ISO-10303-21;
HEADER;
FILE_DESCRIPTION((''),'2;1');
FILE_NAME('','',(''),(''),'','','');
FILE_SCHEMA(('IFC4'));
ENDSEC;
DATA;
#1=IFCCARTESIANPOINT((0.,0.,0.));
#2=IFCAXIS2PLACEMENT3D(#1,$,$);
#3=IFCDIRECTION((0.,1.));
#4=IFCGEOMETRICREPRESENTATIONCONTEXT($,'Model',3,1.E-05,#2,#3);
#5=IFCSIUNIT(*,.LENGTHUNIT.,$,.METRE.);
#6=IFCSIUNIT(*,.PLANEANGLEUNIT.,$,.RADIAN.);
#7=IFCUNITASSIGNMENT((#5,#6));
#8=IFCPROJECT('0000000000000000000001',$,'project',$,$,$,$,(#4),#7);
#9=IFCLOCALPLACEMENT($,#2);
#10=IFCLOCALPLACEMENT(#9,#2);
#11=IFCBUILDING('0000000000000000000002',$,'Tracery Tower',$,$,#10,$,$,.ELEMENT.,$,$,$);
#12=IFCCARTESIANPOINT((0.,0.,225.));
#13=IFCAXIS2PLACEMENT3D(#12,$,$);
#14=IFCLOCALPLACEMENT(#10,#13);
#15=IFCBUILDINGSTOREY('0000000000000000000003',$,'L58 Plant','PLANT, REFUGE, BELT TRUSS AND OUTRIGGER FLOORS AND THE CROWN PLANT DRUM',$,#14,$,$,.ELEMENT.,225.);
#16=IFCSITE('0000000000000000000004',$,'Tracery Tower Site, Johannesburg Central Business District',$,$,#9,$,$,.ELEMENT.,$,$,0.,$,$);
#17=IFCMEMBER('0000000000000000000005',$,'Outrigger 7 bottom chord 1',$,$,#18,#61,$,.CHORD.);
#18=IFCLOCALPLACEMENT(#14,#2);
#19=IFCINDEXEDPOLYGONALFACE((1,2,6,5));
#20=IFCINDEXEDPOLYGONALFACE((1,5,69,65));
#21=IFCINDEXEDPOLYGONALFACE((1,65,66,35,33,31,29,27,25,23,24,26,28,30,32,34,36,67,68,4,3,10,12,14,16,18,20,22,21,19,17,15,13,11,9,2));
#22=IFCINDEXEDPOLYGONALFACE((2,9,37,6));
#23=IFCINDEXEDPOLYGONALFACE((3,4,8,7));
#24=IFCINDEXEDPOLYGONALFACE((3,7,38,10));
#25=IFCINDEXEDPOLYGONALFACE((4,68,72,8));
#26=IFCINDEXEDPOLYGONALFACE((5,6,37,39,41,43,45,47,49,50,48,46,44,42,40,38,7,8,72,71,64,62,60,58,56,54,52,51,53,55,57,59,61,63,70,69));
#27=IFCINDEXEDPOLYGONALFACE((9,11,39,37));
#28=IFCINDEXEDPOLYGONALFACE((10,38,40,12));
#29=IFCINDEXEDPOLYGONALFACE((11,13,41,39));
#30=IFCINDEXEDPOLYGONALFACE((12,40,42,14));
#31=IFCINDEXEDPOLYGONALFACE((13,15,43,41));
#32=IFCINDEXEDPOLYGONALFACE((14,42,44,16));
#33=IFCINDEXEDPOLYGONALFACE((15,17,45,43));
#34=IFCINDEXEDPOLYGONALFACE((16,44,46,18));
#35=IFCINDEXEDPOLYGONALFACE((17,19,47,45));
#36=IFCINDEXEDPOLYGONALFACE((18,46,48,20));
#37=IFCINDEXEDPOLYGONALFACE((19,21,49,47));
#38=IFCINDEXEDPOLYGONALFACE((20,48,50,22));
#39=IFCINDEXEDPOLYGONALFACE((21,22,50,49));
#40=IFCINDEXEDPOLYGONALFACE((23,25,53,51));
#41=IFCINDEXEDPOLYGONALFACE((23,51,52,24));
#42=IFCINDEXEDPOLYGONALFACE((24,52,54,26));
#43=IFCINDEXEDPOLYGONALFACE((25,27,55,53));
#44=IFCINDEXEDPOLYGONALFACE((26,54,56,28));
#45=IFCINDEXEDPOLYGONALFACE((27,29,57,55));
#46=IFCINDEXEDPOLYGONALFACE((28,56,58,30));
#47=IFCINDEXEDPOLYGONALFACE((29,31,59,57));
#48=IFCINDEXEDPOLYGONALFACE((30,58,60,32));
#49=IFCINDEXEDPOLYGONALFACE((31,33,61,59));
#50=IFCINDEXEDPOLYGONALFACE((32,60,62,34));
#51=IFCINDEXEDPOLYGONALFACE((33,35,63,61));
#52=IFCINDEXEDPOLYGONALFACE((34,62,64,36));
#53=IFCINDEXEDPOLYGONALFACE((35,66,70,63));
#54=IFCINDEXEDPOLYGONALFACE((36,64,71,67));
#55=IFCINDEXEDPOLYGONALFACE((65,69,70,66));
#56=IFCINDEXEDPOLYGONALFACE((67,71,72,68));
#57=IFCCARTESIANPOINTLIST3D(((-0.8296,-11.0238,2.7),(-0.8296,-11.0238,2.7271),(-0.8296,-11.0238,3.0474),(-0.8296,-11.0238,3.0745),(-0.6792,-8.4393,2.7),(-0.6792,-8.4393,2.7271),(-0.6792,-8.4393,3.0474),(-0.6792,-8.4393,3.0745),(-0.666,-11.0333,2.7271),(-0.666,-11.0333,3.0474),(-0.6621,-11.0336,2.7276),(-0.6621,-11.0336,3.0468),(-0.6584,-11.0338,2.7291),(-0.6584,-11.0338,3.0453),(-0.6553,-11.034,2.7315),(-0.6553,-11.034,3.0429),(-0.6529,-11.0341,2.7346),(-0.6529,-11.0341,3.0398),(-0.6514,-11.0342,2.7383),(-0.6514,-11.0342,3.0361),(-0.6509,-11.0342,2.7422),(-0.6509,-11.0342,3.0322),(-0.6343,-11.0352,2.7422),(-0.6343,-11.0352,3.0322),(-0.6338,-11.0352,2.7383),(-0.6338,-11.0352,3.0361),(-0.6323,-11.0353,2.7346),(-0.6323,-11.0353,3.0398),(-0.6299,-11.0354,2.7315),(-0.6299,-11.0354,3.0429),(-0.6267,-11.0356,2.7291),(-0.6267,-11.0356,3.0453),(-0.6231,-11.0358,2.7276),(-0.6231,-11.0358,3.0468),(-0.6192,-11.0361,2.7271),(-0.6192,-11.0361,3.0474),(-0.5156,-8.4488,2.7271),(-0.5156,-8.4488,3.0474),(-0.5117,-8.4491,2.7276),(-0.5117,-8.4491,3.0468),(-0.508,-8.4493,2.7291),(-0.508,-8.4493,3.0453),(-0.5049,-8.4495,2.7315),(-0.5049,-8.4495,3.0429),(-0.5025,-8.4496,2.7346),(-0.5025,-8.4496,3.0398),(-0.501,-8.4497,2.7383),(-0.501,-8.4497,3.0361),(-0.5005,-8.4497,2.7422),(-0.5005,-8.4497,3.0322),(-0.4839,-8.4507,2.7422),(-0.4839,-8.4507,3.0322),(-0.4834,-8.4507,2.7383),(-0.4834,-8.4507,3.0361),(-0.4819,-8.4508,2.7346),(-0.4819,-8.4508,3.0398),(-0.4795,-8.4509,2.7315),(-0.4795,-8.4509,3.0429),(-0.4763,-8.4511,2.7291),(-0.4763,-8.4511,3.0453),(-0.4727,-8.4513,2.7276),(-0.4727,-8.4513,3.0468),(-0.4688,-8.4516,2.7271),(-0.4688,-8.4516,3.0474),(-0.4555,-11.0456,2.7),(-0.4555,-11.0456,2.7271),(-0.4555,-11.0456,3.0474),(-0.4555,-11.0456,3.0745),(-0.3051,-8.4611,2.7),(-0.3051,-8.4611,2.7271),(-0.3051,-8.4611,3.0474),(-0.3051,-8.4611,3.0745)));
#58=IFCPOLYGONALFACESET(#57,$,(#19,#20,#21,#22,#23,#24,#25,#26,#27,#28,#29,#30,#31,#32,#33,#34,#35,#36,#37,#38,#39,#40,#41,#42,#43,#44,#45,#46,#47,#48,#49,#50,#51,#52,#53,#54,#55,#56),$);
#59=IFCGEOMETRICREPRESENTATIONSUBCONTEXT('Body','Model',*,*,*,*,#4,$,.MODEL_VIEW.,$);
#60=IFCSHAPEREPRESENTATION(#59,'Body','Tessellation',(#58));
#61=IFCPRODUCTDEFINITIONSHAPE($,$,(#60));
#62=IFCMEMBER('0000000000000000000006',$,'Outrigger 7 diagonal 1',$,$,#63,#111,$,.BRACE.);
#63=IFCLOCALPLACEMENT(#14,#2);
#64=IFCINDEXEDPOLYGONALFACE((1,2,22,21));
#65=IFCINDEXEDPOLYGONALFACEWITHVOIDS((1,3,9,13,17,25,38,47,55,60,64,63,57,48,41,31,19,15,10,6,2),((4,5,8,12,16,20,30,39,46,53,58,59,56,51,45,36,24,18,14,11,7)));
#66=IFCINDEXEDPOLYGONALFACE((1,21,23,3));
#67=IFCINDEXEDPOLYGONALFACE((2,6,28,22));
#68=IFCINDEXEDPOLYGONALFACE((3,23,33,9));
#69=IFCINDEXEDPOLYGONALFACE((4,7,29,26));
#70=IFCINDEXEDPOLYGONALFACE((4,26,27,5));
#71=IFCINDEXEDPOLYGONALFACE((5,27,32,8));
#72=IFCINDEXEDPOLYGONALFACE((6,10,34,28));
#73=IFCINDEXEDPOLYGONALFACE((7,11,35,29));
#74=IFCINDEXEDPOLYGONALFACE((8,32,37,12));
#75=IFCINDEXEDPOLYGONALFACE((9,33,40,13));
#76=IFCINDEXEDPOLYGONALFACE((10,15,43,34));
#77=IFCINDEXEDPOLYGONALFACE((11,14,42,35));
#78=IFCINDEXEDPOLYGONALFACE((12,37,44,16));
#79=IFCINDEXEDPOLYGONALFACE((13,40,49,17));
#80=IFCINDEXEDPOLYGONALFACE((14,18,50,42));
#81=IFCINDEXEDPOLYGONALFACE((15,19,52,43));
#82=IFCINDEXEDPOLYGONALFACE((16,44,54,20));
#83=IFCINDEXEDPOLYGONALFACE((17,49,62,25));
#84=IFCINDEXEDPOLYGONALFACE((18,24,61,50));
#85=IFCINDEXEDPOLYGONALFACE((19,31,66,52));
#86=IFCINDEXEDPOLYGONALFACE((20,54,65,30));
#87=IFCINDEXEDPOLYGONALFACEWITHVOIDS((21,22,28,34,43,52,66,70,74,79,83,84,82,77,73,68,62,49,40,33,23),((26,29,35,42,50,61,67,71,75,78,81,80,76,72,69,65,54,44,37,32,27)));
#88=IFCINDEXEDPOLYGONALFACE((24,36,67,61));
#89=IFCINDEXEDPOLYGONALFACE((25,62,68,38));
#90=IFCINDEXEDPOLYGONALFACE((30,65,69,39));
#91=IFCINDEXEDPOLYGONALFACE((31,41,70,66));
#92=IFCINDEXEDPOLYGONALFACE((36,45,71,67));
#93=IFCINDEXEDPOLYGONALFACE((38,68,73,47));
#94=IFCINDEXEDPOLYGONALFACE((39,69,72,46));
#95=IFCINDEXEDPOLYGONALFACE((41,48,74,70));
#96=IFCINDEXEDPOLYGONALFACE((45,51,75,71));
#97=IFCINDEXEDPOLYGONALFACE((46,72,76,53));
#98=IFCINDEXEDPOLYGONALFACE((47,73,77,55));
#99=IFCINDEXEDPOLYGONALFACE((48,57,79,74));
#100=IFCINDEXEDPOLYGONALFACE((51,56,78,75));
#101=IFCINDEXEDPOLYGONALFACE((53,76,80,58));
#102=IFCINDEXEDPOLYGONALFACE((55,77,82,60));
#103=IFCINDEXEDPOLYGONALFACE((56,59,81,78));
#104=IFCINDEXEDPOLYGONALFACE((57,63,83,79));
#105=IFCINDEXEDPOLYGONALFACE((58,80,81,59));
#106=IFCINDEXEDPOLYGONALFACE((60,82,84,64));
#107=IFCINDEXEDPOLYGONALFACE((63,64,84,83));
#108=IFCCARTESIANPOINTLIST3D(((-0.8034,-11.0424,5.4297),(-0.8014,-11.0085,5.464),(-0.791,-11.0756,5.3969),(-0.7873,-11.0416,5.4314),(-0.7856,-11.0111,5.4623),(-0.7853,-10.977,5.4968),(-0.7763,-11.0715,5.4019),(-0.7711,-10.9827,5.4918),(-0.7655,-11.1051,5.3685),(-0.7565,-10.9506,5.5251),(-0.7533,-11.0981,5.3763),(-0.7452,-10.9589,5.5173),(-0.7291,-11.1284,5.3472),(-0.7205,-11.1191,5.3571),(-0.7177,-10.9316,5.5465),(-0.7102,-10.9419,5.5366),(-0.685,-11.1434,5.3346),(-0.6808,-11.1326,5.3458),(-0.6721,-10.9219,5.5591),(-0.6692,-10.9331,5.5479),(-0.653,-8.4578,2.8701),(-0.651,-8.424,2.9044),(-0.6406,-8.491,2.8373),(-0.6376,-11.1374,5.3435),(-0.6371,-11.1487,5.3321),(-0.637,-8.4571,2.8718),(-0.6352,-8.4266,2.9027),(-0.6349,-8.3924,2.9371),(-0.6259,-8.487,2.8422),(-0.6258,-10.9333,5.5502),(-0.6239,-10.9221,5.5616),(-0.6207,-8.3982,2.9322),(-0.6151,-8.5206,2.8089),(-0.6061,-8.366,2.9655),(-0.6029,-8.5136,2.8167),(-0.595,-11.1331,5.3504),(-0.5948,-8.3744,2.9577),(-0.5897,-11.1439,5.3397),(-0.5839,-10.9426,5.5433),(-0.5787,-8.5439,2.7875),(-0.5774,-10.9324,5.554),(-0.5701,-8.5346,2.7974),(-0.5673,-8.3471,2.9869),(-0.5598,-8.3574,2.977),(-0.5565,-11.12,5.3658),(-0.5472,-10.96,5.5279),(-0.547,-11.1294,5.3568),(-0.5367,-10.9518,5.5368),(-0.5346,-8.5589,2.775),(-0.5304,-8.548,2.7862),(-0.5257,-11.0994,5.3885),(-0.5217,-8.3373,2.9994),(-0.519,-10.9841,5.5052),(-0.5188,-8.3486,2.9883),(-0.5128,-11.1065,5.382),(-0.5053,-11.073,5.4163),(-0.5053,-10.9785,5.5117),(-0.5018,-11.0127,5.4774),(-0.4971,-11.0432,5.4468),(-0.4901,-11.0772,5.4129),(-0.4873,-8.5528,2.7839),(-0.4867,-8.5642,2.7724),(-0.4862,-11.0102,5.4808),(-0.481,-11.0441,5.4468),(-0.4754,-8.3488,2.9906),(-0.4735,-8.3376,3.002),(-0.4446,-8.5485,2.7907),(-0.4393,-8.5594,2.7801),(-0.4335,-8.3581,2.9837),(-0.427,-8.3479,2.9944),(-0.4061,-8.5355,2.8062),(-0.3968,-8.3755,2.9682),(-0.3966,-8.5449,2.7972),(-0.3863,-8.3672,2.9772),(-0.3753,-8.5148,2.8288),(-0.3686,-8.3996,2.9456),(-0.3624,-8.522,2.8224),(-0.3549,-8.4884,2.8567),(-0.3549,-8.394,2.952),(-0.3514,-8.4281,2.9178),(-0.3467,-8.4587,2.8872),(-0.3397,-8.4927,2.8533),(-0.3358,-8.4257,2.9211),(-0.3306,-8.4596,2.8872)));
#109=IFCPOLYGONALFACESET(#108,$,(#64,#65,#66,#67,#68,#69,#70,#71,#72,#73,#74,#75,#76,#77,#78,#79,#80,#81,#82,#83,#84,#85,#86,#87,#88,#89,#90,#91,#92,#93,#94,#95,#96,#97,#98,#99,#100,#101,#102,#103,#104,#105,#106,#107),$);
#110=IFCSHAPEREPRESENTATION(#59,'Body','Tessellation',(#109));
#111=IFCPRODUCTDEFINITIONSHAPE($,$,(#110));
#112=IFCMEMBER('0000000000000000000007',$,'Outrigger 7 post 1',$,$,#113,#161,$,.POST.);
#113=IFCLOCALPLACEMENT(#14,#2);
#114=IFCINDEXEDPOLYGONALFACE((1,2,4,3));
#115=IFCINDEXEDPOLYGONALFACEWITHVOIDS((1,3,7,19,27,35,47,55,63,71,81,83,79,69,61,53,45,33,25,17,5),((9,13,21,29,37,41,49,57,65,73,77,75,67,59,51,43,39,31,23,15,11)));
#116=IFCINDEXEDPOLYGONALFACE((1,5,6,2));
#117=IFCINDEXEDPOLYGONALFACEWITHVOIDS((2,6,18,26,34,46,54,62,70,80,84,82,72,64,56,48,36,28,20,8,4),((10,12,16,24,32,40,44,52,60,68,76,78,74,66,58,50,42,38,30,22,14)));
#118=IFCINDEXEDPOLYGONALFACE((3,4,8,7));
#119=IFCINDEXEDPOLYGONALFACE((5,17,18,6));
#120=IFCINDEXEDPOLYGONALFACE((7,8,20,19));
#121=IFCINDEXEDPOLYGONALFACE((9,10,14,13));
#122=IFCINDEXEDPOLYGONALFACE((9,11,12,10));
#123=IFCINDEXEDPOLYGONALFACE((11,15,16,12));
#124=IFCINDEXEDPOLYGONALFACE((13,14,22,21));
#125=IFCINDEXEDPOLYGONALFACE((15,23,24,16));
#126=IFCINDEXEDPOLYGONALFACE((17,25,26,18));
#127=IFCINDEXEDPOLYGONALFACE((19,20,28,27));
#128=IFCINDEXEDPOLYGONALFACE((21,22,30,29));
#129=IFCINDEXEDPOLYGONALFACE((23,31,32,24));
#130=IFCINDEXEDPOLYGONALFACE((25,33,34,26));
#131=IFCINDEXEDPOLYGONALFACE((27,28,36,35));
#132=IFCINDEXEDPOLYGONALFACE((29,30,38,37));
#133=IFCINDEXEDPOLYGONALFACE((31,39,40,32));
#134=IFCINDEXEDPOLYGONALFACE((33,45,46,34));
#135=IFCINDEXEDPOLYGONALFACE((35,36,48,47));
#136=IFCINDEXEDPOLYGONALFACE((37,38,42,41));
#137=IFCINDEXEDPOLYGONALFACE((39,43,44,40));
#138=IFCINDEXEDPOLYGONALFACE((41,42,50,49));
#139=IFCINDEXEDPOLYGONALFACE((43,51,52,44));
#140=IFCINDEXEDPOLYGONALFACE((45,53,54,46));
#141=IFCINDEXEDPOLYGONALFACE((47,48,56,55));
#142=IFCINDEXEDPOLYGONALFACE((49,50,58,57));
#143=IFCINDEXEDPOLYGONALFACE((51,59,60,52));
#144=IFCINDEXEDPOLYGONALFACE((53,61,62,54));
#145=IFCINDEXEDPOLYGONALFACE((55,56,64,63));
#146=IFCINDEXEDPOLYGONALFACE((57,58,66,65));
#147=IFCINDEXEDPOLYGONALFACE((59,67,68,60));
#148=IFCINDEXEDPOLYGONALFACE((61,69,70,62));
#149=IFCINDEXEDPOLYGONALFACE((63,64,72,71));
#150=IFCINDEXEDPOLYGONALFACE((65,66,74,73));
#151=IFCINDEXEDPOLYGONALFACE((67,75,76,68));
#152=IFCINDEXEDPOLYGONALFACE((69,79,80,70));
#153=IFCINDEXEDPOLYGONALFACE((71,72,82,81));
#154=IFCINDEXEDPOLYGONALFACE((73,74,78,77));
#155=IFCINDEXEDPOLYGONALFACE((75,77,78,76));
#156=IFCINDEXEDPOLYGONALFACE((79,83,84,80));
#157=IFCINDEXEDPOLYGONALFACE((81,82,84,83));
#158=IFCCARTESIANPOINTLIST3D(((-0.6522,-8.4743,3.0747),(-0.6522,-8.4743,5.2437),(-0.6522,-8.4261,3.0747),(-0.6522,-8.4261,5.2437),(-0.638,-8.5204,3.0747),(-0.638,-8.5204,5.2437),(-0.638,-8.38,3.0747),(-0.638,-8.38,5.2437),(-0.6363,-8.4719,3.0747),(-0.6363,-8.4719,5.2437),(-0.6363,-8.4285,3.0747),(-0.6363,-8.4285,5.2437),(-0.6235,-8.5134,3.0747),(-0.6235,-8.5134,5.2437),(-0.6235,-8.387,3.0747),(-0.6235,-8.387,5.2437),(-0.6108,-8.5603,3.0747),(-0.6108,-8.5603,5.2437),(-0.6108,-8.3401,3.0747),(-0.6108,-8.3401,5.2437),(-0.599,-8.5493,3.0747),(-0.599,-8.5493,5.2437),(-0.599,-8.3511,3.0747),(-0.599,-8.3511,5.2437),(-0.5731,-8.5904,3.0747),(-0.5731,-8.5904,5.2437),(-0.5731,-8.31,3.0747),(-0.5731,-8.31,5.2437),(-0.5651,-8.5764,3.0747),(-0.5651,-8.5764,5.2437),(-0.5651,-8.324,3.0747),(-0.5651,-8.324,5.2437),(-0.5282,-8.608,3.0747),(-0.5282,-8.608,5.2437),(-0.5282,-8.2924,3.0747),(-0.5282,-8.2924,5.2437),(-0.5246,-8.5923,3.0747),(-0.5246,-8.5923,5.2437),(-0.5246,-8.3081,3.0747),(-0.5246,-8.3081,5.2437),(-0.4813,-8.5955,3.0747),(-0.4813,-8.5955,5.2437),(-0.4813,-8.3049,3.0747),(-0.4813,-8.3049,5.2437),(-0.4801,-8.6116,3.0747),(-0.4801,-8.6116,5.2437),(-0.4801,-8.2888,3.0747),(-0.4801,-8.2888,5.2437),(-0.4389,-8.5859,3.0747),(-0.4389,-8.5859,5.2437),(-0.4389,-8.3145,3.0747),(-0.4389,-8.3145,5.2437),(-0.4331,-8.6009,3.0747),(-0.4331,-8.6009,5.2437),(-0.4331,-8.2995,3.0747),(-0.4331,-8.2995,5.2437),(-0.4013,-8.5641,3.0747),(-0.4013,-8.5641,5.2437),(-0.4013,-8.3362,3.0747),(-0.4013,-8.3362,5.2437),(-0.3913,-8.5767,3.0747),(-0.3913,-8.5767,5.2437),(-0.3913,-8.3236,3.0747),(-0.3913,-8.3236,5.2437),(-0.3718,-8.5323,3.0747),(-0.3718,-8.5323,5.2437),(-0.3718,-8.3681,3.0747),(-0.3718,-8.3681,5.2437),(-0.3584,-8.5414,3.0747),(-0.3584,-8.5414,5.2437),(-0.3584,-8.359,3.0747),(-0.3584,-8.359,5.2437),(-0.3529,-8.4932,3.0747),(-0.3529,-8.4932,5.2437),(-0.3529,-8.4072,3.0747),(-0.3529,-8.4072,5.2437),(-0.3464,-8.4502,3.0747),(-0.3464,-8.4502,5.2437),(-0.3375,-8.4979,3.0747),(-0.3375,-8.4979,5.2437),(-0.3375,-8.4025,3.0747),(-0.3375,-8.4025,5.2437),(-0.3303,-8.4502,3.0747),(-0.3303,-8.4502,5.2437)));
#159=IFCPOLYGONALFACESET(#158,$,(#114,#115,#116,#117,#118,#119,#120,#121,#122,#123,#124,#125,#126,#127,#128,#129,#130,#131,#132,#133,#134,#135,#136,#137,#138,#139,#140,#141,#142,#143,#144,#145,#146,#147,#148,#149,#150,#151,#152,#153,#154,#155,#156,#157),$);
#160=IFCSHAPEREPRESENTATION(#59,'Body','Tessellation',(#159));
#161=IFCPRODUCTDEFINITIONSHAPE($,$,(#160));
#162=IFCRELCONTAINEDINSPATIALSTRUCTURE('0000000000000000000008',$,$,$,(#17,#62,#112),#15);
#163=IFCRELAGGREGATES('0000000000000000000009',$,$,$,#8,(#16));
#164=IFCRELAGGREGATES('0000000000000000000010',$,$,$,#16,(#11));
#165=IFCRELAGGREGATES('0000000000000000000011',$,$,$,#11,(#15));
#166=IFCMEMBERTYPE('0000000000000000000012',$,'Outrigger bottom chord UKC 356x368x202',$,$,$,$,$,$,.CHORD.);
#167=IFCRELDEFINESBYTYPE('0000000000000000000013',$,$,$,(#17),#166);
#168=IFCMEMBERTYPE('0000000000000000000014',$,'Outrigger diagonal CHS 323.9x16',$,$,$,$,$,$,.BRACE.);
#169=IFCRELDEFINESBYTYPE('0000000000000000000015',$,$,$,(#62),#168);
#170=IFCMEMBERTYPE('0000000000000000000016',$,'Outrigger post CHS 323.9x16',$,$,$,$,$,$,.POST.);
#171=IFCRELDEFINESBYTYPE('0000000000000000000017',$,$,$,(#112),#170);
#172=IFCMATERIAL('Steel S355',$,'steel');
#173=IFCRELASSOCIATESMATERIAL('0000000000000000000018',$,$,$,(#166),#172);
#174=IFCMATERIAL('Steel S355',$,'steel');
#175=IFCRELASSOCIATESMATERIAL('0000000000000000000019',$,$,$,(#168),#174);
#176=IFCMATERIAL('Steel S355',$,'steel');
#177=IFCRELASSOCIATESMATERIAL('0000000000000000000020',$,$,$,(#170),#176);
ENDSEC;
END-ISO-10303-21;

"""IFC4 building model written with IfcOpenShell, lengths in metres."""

from ifc_helpers import new_model, si_unit, direction, frame, origin, origin_2d, place, context, subcontext, project, spatial, hollow_circle, i_section, extrude, material, material_profile, profile_set, type_object, element, save


model = new_model("IFC4")

# Units and contexts
model_context = context("Model", 3, precision=1e-05, world=origin(), true_north=direction((0.0, 1.0)))
body_context = subcontext(model_context, "Body", "Model", "MODEL_VIEW")
ifc_project = project(units=[si_unit("LENGTHUNIT", "METRE"), si_unit("PLANEANGLEUNIT", "RADIAN")], contexts=[model_context])

# Site, building, storey
site_placement = place(None, origin())
site = spatial("IfcSite", under=ifc_project, at=site_placement, Name="Tracery Tower Site, Johannesburg Central Business District", CompositionType="ELEMENT", RefElevation=0.0)
building_placement = place(site_placement, origin())
building = spatial("IfcBuilding", under=site, at=building_placement, Name="Tracery Tower", CompositionType="ELEMENT")
storey_placement = place(building_placement, frame((0.0, 0.0, 225.0)))
storey = spatial("IfcBuildingStorey", under=building, at=storey_placement, Name="L58 Plant", Description="PLANT, REFUGE, BELT TRUSS AND OUTRIGGER FLOORS AND THE CROWN PLANT DRUM", CompositionType="ELEMENT", Elevation=225.0)

# Members
ifc_material_1 = material(Name="Steel S355", Category="steel")
ifc_material_profile_1 = material_profile(ifc_material_1, i_section(OverallWidth=0.3748, OverallDepth=0.3745, WebThickness=0.0166, FlangeThickness=0.0271, FilletRadius=0.0151, at=origin_2d()), Name="UKC 356x368x202")
ifc_profile_set_1 = profile_set([ifc_material_profile_1], Name="Steel S355")
member_type_1 = type_object("IfcMemberType", Name="Outrigger bottom chord UKC 356x368x202", PredefinedType="CHORD", material=ifc_profile_set_1)
member_1_placement = place(storey_placement, frame((-0.4922, -8.4502, 2.8872), z_axis=(-0.058092, -0.998311, 0.0), x_axis=(0.998311, -0.058092, 0.0)))
element("IfcMember", 1, at=member_1_placement, inside=storey, type_object=member_type_1, Name="Outrigger 7 bottom chord 1", PredefinedType="CHORD", context=body_context, shape_type="SweptSolid", body=[
    extrude(i_section(OverallWidth=0.3748, OverallDepth=0.3745, WebThickness=0.0166, FlangeThickness=0.0271, FilletRadius=0.0151, at=origin_2d()), origin(), (0.0, 0.0, 1.0), 2.5889),
])
ifc_material_2 = material(Name="Steel S355", Category="steel")
ifc_material_profile_2 = material_profile(ifc_material_2, hollow_circle(Radius=0.1619, WallThickness=0.0161, at=origin_2d()), Name="CHS 323.9x16")
ifc_profile_set_2 = profile_set([ifc_material_profile_2], Name="Steel S355")
member_type_2 = type_object("IfcMemberType", Name="Outrigger diagonal CHS 323.9x16", PredefinedType="BRACE", material=ifc_profile_set_2)
member_2_placement = place(storey_placement, frame((-0.4922, -8.4502, 2.8872), z_axis=(-0.04131, -0.709915, 0.703075), x_axis=(0.998311, -0.058092, 0.0)))
element("IfcMember", 2, at=member_2_placement, inside=storey, type_object=member_type_2, Name="Outrigger 7 diagonal 1", PredefinedType="BRACE", context=body_context, shape_type="SweptSolid", body=[
    extrude(hollow_circle(Radius=0.1619, WallThickness=0.0161, at=origin_2d()), origin(), (0.0, 0.0, 1.0), 3.6406),
])
ifc_material_3 = material(Name="Steel S355", Category="steel")
ifc_material_profile_3 = material_profile(ifc_material_3, hollow_circle(Radius=0.1619, WallThickness=0.0161, at=origin_2d()), Name="CHS 323.9x16")
ifc_profile_set_3 = profile_set([ifc_material_profile_3], Name="Steel S355")
member_type_3 = type_object("IfcMemberType", Name="Outrigger post CHS 323.9x16", PredefinedType="POST", material=ifc_profile_set_3)
for number, where, z_axis, x_axis, name in (
    (3, (-0.4922, -8.4502, 3.0747), (0.0, 0.0, 1.0), (1.0, 0.0, 0.0), "Outrigger 7 post 1"),
):
    element("IfcMember", number, at=place(storey_placement, frame(where, z_axis=z_axis, x_axis=x_axis)), inside=storey, type_object=member_type_3, Name=name, PredefinedType="POST", context=body_context, shape_type="SweptSolid", body=[
        extrude(hollow_circle(Radius=0.1619, WallThickness=0.0161, at=origin_2d()), origin(), (0.0, 0.0, 1.0), 2.1689),
    ])

save(model, "model.ifc")
